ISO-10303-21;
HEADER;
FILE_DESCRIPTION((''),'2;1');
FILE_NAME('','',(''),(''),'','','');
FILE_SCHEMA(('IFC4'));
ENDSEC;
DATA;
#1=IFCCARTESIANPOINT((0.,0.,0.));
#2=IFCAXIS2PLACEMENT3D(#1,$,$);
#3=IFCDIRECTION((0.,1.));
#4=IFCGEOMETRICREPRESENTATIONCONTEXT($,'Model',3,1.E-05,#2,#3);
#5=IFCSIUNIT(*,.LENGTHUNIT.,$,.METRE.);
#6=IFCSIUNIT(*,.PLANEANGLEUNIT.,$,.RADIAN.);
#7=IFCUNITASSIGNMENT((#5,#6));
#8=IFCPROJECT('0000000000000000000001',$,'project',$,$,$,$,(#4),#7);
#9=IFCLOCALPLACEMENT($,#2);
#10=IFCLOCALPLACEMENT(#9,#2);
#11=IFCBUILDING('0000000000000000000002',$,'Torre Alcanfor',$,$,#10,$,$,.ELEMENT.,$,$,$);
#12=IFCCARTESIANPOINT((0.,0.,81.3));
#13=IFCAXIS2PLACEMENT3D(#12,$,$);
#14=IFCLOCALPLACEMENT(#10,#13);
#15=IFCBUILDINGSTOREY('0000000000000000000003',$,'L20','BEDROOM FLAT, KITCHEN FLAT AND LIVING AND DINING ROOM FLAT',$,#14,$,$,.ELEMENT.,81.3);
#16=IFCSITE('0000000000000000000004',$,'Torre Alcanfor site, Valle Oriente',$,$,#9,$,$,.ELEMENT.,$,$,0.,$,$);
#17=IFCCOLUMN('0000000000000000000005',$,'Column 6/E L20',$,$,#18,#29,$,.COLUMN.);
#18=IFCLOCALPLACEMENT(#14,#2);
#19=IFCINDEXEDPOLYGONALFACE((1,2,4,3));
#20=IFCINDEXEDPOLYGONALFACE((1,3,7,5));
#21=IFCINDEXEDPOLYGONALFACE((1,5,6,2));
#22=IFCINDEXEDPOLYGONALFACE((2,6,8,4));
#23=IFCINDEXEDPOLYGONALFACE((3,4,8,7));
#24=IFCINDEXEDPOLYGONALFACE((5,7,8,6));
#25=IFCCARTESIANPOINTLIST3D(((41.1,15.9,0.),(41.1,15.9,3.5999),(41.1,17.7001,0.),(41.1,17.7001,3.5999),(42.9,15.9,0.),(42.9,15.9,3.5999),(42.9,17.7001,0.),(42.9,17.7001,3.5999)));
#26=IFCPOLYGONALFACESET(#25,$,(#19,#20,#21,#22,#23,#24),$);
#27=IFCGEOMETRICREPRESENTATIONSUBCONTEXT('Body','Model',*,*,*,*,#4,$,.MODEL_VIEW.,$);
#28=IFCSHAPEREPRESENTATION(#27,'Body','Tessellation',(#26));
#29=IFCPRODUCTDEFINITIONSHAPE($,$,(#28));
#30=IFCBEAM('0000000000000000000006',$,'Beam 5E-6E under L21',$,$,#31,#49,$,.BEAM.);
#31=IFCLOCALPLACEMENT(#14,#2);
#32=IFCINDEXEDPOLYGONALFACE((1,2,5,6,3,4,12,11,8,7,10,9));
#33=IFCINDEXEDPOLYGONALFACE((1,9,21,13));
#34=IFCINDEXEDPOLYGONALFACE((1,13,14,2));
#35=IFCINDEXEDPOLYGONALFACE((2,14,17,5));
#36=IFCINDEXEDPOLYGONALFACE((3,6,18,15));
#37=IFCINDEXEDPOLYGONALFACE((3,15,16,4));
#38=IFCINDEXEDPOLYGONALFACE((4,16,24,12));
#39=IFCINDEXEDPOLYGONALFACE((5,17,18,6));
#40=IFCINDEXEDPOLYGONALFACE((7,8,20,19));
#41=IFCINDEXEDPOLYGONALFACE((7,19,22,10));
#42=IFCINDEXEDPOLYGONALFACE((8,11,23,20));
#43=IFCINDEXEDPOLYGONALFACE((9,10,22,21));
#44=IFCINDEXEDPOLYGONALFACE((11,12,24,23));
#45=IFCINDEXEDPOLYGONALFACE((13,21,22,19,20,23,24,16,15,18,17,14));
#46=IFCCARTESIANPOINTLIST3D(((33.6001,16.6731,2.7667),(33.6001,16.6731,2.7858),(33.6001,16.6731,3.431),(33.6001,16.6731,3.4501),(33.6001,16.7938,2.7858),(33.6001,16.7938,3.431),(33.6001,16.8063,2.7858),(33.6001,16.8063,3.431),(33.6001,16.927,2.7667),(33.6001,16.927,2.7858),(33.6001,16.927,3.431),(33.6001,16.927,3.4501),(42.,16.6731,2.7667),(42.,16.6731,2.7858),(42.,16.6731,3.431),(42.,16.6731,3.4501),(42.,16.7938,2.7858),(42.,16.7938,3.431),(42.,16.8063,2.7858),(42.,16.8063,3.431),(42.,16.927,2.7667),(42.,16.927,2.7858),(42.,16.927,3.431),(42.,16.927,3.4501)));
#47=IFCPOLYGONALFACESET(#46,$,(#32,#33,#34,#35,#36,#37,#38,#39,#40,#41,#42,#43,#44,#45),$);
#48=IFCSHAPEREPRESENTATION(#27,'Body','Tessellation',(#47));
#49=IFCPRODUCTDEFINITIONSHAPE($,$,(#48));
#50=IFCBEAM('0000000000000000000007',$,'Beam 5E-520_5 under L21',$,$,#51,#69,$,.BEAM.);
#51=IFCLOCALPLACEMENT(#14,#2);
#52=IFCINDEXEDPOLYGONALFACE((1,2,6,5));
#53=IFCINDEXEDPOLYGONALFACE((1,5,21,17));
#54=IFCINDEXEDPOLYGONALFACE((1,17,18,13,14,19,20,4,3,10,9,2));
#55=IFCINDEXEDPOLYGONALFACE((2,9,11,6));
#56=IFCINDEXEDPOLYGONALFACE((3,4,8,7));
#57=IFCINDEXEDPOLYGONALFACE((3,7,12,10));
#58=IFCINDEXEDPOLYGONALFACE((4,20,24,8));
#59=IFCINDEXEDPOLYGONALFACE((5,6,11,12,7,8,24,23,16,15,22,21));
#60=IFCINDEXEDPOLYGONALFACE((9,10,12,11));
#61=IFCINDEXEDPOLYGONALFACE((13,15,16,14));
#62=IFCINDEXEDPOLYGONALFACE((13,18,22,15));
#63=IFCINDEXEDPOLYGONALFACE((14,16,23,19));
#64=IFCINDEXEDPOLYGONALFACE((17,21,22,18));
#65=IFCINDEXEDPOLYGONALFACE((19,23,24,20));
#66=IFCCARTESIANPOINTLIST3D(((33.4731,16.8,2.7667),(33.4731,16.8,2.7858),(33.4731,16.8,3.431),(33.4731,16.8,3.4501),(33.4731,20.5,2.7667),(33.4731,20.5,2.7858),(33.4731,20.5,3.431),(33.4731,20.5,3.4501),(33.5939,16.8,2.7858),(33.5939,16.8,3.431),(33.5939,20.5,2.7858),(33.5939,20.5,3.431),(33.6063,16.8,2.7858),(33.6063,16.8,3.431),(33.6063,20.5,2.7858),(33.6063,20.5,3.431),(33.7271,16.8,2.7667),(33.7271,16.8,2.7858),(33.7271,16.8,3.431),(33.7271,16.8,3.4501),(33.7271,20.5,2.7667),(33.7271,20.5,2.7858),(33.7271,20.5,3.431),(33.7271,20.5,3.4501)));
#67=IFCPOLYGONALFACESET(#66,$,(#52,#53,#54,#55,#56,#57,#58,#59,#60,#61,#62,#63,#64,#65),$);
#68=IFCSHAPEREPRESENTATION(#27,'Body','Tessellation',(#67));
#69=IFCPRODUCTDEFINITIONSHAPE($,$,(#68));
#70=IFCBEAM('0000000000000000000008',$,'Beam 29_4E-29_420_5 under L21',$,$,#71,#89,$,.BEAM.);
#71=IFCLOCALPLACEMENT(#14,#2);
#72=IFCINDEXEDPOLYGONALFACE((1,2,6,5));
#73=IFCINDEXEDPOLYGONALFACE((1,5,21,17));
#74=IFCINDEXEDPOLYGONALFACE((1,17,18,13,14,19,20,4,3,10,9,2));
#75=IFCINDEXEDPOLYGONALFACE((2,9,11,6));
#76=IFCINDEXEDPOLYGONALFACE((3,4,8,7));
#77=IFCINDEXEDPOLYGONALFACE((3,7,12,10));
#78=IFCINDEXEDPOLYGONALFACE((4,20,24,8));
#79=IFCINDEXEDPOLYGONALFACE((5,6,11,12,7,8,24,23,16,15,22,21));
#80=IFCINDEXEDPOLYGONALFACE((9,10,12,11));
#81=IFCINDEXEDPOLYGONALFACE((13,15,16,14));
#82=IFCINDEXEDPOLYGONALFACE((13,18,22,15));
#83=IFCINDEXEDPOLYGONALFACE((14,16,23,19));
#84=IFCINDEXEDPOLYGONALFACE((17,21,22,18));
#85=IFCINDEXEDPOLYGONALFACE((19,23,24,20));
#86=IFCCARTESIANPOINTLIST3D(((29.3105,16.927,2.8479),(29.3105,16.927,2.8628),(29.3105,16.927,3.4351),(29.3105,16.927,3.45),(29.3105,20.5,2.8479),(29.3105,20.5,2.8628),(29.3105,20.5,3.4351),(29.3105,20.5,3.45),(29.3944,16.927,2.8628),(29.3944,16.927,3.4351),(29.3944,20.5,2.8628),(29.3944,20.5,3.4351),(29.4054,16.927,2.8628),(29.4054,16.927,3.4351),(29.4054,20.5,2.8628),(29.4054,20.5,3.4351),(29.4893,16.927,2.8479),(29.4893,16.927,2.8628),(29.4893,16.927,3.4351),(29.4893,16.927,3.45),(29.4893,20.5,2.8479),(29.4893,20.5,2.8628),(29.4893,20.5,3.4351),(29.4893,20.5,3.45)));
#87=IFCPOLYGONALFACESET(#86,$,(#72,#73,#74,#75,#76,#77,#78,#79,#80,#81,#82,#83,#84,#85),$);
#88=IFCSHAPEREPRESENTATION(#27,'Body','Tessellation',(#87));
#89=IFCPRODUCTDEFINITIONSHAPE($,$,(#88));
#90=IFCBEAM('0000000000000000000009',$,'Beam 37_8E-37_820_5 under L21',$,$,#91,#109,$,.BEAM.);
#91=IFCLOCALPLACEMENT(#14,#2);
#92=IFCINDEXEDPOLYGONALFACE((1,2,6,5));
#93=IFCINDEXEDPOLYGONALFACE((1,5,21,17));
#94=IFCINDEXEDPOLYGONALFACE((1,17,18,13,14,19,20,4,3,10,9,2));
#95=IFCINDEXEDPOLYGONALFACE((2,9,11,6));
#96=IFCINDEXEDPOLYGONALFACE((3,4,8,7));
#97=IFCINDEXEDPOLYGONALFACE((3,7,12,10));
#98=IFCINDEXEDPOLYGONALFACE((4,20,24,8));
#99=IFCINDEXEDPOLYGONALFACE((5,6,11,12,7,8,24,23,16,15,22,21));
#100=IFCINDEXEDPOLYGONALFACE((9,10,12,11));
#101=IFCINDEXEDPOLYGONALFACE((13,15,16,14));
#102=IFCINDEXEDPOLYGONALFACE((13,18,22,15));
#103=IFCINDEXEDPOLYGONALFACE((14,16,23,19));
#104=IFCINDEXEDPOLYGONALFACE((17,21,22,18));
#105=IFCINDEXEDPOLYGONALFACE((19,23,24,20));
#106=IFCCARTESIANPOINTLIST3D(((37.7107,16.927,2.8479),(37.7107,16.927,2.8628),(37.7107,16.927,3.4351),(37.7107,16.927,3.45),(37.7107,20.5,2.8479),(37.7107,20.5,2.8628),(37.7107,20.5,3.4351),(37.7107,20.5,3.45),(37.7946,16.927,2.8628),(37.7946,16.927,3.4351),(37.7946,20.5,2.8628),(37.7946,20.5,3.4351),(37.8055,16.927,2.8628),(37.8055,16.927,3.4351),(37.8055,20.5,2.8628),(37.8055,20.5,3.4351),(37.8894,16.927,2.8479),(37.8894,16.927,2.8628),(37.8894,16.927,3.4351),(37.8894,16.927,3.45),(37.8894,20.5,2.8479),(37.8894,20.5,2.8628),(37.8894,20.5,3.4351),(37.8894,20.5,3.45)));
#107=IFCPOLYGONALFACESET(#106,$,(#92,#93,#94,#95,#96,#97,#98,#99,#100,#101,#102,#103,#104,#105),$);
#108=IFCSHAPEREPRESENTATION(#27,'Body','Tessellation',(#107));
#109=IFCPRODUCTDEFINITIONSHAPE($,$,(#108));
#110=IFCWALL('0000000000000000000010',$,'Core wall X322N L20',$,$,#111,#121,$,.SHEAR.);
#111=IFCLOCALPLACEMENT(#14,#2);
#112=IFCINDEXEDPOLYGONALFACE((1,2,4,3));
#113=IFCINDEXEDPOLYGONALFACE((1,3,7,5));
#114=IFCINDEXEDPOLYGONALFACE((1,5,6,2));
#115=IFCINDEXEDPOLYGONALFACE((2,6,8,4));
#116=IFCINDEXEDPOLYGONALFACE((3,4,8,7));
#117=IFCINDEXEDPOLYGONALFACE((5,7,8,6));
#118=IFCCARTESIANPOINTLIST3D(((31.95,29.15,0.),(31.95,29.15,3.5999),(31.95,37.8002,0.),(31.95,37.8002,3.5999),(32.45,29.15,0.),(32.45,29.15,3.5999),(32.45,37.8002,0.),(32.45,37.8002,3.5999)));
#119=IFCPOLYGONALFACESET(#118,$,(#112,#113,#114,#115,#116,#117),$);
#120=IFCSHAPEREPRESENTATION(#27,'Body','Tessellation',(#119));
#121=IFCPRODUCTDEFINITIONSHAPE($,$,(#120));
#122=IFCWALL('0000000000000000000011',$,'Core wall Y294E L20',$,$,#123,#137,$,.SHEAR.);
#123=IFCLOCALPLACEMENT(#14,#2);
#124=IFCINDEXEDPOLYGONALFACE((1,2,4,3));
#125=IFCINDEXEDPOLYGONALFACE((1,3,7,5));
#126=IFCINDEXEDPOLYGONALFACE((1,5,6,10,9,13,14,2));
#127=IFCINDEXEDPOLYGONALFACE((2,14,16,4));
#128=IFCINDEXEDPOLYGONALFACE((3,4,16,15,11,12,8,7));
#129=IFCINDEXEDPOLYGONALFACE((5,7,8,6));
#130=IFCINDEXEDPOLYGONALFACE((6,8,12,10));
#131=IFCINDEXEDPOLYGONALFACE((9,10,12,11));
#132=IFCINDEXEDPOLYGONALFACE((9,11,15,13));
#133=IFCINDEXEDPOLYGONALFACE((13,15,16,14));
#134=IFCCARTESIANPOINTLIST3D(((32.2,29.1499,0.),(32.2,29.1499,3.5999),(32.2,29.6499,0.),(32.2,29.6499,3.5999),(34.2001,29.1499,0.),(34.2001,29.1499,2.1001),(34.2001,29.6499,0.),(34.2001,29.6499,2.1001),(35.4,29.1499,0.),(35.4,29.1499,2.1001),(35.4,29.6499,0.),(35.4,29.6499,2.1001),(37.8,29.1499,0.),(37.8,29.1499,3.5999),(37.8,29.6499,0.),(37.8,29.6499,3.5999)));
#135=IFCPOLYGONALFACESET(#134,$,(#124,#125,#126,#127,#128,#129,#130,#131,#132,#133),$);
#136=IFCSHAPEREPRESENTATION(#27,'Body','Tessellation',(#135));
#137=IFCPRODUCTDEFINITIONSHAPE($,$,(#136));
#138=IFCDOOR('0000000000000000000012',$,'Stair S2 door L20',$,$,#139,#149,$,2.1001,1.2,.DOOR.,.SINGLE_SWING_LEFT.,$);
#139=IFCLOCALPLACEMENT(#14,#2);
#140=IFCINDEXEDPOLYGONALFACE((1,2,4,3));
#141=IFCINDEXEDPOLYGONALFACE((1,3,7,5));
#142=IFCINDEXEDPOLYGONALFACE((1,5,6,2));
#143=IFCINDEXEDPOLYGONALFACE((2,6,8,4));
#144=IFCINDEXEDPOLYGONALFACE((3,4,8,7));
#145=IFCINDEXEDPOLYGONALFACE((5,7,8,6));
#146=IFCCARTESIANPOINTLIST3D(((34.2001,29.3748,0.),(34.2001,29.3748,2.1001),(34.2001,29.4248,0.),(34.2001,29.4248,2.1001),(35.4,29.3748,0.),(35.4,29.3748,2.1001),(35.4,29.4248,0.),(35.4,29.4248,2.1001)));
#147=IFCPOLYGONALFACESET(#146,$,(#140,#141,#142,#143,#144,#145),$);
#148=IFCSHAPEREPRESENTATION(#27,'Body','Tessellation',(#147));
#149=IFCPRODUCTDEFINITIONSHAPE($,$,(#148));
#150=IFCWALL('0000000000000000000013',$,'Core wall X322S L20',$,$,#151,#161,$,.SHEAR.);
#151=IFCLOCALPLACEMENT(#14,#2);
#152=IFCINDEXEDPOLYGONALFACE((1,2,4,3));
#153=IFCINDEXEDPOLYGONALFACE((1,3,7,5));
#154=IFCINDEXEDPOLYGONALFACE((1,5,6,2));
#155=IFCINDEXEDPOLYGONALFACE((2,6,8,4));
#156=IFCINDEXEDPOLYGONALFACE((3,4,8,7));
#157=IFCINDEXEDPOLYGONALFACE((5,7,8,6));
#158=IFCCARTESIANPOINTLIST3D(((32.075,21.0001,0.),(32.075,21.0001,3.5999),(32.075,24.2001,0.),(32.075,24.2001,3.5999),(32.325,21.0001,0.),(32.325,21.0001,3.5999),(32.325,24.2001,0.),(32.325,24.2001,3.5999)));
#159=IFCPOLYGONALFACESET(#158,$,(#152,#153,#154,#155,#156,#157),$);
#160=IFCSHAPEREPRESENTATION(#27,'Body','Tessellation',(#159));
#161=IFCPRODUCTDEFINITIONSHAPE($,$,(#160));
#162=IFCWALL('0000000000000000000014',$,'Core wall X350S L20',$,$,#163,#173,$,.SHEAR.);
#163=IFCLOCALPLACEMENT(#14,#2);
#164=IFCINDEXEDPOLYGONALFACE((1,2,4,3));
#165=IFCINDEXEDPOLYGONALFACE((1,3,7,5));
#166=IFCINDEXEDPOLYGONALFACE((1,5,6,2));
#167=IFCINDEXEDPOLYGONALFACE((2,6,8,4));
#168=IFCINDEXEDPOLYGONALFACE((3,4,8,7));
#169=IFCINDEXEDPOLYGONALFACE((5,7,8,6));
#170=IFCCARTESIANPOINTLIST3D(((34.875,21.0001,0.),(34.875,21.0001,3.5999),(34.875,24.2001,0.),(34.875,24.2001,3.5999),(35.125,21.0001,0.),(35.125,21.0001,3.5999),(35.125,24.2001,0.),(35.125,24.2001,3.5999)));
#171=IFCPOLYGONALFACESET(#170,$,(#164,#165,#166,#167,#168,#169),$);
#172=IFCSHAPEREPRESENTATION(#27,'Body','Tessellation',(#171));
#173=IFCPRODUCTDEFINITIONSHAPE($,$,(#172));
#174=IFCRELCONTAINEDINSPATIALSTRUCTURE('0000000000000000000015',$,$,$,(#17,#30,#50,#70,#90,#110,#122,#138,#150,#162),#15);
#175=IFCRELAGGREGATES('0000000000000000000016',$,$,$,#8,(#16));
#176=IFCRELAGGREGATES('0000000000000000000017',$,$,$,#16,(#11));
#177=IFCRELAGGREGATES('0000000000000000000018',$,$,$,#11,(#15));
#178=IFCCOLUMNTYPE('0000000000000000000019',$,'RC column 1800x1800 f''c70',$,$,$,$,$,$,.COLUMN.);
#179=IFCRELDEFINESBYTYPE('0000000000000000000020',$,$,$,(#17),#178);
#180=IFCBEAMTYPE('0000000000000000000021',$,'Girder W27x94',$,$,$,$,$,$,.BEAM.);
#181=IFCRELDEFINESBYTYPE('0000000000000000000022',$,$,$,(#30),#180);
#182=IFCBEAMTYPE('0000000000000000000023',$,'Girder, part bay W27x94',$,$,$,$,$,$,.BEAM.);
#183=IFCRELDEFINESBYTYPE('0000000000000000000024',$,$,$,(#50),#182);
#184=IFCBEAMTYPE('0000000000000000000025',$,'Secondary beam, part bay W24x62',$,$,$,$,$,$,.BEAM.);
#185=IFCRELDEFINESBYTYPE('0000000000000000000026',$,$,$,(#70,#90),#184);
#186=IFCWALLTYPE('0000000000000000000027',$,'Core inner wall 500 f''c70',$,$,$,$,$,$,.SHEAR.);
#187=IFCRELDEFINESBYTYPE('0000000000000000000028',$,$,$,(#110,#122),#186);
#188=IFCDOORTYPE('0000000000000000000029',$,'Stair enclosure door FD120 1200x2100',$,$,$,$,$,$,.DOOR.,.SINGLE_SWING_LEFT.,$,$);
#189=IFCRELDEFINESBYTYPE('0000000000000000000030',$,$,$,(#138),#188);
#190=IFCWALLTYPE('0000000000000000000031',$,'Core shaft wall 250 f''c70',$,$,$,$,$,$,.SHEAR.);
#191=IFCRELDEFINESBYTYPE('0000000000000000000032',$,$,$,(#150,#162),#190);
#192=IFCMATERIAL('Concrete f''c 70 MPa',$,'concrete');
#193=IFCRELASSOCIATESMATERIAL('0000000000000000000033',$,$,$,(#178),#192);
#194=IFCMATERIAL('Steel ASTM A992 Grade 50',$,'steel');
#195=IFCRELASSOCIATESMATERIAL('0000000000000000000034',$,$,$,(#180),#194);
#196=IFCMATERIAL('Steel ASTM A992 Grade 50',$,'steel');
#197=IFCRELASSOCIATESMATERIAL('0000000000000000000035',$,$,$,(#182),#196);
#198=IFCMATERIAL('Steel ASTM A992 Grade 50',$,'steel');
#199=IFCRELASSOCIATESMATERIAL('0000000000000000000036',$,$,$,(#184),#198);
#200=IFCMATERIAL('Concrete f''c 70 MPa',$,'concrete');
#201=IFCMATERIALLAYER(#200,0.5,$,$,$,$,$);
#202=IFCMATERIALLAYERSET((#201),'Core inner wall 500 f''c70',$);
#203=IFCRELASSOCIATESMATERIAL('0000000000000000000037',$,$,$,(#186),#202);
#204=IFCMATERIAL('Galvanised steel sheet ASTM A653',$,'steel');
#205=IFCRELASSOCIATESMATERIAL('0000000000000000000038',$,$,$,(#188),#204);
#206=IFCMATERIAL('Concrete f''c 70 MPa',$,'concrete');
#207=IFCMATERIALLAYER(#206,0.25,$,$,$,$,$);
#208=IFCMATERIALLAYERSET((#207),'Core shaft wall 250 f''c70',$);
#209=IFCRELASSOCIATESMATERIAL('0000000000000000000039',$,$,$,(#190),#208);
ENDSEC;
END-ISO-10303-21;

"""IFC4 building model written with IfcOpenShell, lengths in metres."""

from ifc_helpers import new_model, si_unit, direction, frame, frame_2d, origin, origin_2d, place, context, subcontext, project, spatial, rectangle, i_section, extrude, material, layer, layer_set, material_profile, profile_set, type_object, element, fill, save


model = new_model("IFC4")

# Units and contexts
model_context = context("Model", 3, precision=1e-05, world=origin(), true_north=direction((0.0, 1.0)))
body_context = subcontext(model_context, "Body", "Model", "MODEL_VIEW")
ifc_project = project(units=[si_unit("LENGTHUNIT", "METRE"), si_unit("PLANEANGLEUNIT", "RADIAN")], contexts=[model_context])

# Site, building, storey
site_placement = place(None, origin())
site = spatial("IfcSite", under=ifc_project, at=site_placement, Name="Torre Alcanfor site, Valle Oriente", CompositionType="ELEMENT", RefElevation=0.0)
building_placement = place(site_placement, origin())
building = spatial("IfcBuilding", under=site, at=building_placement, Name="Torre Alcanfor", CompositionType="ELEMENT")
storey_placement = place(building_placement, frame((0.0, 0.0, 81.3)))
storey = spatial("IfcBuildingStorey", under=building, at=storey_placement, Name="L20", Description="BEDROOM FLAT, KITCHEN FLAT AND LIVING AND DINING ROOM FLAT", CompositionType="ELEMENT", Elevation=81.3)

# Column
ifc_material_1 = material(Name="Concrete f'c 70 MPa", Category="concrete")
ifc_material_profile_1 = material_profile(ifc_material_1, rectangle(XDim=1.8, YDim=1.8, at=origin_2d()), Name="1800x1800")
ifc_profile_set_1 = profile_set([ifc_material_profile_1], Name="Concrete f'c 70 MPa")
column_type = type_object("IfcColumnType", Name="RC column 1800x1800 f'c70", PredefinedType="COLUMN", material=ifc_profile_set_1)
column_placement = place(storey_placement, frame((42.0, 16.8, 0.0), z_axis=(0.0, 0.0, 1.0), x_axis=(1.0, 0.0, 0.0)))
element("IfcColumn", 1, at=column_placement, inside=storey, type_object=column_type, Name="Column 6/E L20", PredefinedType="COLUMN", context=body_context, shape_type="SweptSolid", body=[
    extrude(rectangle(XDim=1.8, YDim=1.8, at=origin_2d()), origin(), (0.0, 0.0, 1.0), 3.5999),
])

# Beams
ifc_material_2 = material(Name="Steel ASTM A992 Grade 50", Category="steel")
ifc_material_profile_2 = material_profile(ifc_material_2, i_section(OverallWidth=0.2539, OverallDepth=0.6833, WebThickness=0.0125, FlangeThickness=0.019, at=origin_2d()), Name="W27x94")
ifc_profile_set_2 = profile_set([ifc_material_profile_2], Name="Steel ASTM A992 Grade 50")
beam_type_1 = type_object("IfcBeamType", Name="Girder W27x94", PredefinedType="BEAM", material=ifc_profile_set_2)
beam_1_placement = place(storey_placement, frame((33.6001, 16.8, 3.1084), z_axis=(1.0, 0.0, 0.0), x_axis=(0.0, 1.0, 0.0)))
element("IfcBeam", 2, at=beam_1_placement, inside=storey, type_object=beam_type_1, Name="Beam 5E-6E under L21", PredefinedType="BEAM", context=body_context, shape_type="SweptSolid", body=[
    extrude(i_section(OverallWidth=0.2539, OverallDepth=0.6833, WebThickness=0.0125, FlangeThickness=0.019, at=origin_2d()), origin(), (0.0, 0.0, 1.0), 8.3999),
])
ifc_material_3 = material(Name="Steel ASTM A992 Grade 50", Category="steel")
ifc_material_profile_3 = material_profile(ifc_material_3, i_section(OverallWidth=0.2539, OverallDepth=0.6833, WebThickness=0.0125, FlangeThickness=0.019, at=origin_2d()), Name="W27x94")
ifc_profile_set_3 = profile_set([ifc_material_profile_3], Name="Steel ASTM A992 Grade 50")
beam_type_2 = type_object("IfcBeamType", Name="Girder, part bay W27x94", PredefinedType="BEAM", material=ifc_profile_set_3)
beam_2_placement = place(storey_placement, frame((33.6001, 16.8, 3.1084), z_axis=(0.0, 1.0, 0.0), x_axis=(-1.0, 0.0, 0.0)))
element("IfcBeam", 3, at=beam_2_placement, inside=storey, type_object=beam_type_2, Name="Beam 5E-520_5 under L21", PredefinedType="BEAM", context=body_context, shape_type="SweptSolid", body=[
    extrude(i_section(OverallWidth=0.2539, OverallDepth=0.6833, WebThickness=0.0125, FlangeThickness=0.019, at=origin_2d()), origin(), (0.0, 0.0, 1.0), 3.7),
])
ifc_material_4 = material(Name="Steel ASTM A992 Grade 50", Category="steel")
ifc_material_profile_4 = material_profile(ifc_material_4, i_section(OverallWidth=0.1787, OverallDepth=0.6021, WebThickness=0.011, FlangeThickness=0.0149, at=origin_2d()), Name="W24x62")
ifc_profile_set_4 = profile_set([ifc_material_profile_4], Name="Steel ASTM A992 Grade 50")
beam_type_3 = type_object("IfcBeamType", Name="Secondary beam, part bay W24x62", PredefinedType="BEAM", material=ifc_profile_set_4)
for number, where, z_axis, x_axis, name in (
    (4, (29.3999, 16.927, 3.1489), (0.0, 1.0, 0.0), (-1.0, 0.0, 0.0), "Beam 29_4E-29_420_5 under L21"),
    (5, (37.8, 16.927, 3.1489), (0.0, 1.0, 0.0), (-1.0, 0.0, 0.0), "Beam 37_8E-37_820_5 under L21"),
):
    element("IfcBeam", number, at=place(storey_placement, frame(where, z_axis=z_axis, x_axis=x_axis)), inside=storey, type_object=beam_type_3, Name=name, PredefinedType="BEAM", context=body_context, shape_type="SweptSolid", body=[
        extrude(i_section(OverallWidth=0.1787, OverallDepth=0.6021, WebThickness=0.011, FlangeThickness=0.0149, at=origin_2d()), origin(), (0.0, 0.0, 1.0), 3.573),
    ])

# Wall
ifc_material_5 = material(Name="Concrete f'c 70 MPa", Category="concrete")
ifc_layer_1 = layer(ifc_material_5, 0.5)
ifc_layer_set_1 = layer_set([ifc_layer_1], Name="Core inner wall 500 f'c70")
wall_type_1 = type_object("IfcWallType", Name="Core inner wall 500 f'c70", PredefinedType="SHEAR", material=ifc_layer_set_1)
wall_1_placement = place(storey_placement, frame((32.2, 29.1499, 0.0), z_axis=(0.0, 0.0, 1.0), x_axis=(0.0, 1.0, 0.0)))
element("IfcWall", 6, at=wall_1_placement, inside=storey, type_object=wall_type_1, Name="Core wall X322N L20", PredefinedType="SHEAR", context=body_context, shape_type="SweptSolid", body=[
    extrude(rectangle(XDim=8.6501, YDim=0.5, at=frame_2d((4.3252, 0.0))), origin(), (0.0, 0.0, 1.0), 3.5999),
])

# Wall, opening, door
wall_2_placement = place(storey_placement, frame((32.2, 29.3999, 0.0), z_axis=(0.0, 0.0, 1.0), x_axis=(1.0, 0.0, 0.0)))
wall_2 = element("IfcWall", 7, at=wall_2_placement, inside=storey, type_object=wall_type_1, Name="Core wall Y294E L20", PredefinedType="SHEAR", context=body_context, shape_type="SweptSolid", body=[
    extrude(rectangle(XDim=5.6001, YDim=0.5, at=frame_2d((2.8, 0.0))), origin(), (0.0, 0.0, 1.0), 3.5999),
])
opening_1_placement = place(wall_2_placement, frame((2.0, 0.0, 0.0)))
opening_1 = element("IfcOpeningElement", 8, at=opening_1_placement, cuts=wall_2, PredefinedType="OPENING", context=body_context, shape_type="SweptSolid", body=[
    extrude(rectangle(XDim=1.2, YDim=2.1001, at=frame_2d((0.6001, 1.05))), frame((0.0, 0.26, 0.0), z_axis=(0.0, -1.0, 0.0), x_axis=(1.0, 0.0, 0.0)), (0.0, 0.0, 1.0), 0.52),
])
ifc_material_6 = material(Name="Galvanised steel sheet ASTM A653", Category="steel")
door_type_1 = type_object("IfcDoorType", Name="Stair enclosure door FD120 1200x2100", OperationType="SINGLE_SWING_LEFT", PredefinedType="DOOR", material=ifc_material_6)
door_1_placement = place(opening_1_placement, origin())
door_1 = element("IfcDoor", 9, at=door_1_placement, inside=storey, type_object=door_type_1, Name="Stair S2 door L20", OperationType="SINGLE_SWING_LEFT", OverallHeight=2.1001, OverallWidth=1.2, PredefinedType="DOOR", context=body_context, shape_type="SweptSolid", body=[
    extrude(rectangle(XDim=1.2, YDim=2.1001, at=frame_2d((0.6001, 1.05))), frame((0.0, 0.0249, 0.0), z_axis=(0.0, -1.0, 0.0), x_axis=(1.0, 0.0, 0.0)), (0.0, 0.0, 1.0), 0.05),
])
fill(opening_1, door_1)

# Walls
ifc_material_7 = material(Name="Concrete f'c 70 MPa", Category="concrete")
ifc_layer_2 = layer(ifc_material_7, 0.25)
ifc_layer_set_2 = layer_set([ifc_layer_2], Name="Core shaft wall 250 f'c70")
wall_type_2 = type_object("IfcWallType", Name="Core shaft wall 250 f'c70", PredefinedType="SHEAR", material=ifc_layer_set_2)
for number, where, z_axis, x_axis, name in (
    (10, (32.2, 21.0, 0.0), (0.0, 0.0, 1.0), (0.0, 1.0, 0.0), "Core wall X322S L20"),
    (11, (35.0, 21.0, 0.0), (0.0, 0.0, 1.0), (0.0, 1.0, 0.0), "Core wall X350S L20"),
):
    element("IfcWall", number, at=place(storey_placement, frame(where, z_axis=z_axis, x_axis=x_axis)), inside=storey, type_object=wall_type_2, Name=name, PredefinedType="SHEAR", context=body_context, shape_type="SweptSolid", body=[
        extrude(rectangle(XDim=3.2, YDim=0.25, at=frame_2d((1.6001, 0.0))), origin(), (0.0, 0.0, 1.0), 3.5999),
    ])

save(model, "model.ifc")
